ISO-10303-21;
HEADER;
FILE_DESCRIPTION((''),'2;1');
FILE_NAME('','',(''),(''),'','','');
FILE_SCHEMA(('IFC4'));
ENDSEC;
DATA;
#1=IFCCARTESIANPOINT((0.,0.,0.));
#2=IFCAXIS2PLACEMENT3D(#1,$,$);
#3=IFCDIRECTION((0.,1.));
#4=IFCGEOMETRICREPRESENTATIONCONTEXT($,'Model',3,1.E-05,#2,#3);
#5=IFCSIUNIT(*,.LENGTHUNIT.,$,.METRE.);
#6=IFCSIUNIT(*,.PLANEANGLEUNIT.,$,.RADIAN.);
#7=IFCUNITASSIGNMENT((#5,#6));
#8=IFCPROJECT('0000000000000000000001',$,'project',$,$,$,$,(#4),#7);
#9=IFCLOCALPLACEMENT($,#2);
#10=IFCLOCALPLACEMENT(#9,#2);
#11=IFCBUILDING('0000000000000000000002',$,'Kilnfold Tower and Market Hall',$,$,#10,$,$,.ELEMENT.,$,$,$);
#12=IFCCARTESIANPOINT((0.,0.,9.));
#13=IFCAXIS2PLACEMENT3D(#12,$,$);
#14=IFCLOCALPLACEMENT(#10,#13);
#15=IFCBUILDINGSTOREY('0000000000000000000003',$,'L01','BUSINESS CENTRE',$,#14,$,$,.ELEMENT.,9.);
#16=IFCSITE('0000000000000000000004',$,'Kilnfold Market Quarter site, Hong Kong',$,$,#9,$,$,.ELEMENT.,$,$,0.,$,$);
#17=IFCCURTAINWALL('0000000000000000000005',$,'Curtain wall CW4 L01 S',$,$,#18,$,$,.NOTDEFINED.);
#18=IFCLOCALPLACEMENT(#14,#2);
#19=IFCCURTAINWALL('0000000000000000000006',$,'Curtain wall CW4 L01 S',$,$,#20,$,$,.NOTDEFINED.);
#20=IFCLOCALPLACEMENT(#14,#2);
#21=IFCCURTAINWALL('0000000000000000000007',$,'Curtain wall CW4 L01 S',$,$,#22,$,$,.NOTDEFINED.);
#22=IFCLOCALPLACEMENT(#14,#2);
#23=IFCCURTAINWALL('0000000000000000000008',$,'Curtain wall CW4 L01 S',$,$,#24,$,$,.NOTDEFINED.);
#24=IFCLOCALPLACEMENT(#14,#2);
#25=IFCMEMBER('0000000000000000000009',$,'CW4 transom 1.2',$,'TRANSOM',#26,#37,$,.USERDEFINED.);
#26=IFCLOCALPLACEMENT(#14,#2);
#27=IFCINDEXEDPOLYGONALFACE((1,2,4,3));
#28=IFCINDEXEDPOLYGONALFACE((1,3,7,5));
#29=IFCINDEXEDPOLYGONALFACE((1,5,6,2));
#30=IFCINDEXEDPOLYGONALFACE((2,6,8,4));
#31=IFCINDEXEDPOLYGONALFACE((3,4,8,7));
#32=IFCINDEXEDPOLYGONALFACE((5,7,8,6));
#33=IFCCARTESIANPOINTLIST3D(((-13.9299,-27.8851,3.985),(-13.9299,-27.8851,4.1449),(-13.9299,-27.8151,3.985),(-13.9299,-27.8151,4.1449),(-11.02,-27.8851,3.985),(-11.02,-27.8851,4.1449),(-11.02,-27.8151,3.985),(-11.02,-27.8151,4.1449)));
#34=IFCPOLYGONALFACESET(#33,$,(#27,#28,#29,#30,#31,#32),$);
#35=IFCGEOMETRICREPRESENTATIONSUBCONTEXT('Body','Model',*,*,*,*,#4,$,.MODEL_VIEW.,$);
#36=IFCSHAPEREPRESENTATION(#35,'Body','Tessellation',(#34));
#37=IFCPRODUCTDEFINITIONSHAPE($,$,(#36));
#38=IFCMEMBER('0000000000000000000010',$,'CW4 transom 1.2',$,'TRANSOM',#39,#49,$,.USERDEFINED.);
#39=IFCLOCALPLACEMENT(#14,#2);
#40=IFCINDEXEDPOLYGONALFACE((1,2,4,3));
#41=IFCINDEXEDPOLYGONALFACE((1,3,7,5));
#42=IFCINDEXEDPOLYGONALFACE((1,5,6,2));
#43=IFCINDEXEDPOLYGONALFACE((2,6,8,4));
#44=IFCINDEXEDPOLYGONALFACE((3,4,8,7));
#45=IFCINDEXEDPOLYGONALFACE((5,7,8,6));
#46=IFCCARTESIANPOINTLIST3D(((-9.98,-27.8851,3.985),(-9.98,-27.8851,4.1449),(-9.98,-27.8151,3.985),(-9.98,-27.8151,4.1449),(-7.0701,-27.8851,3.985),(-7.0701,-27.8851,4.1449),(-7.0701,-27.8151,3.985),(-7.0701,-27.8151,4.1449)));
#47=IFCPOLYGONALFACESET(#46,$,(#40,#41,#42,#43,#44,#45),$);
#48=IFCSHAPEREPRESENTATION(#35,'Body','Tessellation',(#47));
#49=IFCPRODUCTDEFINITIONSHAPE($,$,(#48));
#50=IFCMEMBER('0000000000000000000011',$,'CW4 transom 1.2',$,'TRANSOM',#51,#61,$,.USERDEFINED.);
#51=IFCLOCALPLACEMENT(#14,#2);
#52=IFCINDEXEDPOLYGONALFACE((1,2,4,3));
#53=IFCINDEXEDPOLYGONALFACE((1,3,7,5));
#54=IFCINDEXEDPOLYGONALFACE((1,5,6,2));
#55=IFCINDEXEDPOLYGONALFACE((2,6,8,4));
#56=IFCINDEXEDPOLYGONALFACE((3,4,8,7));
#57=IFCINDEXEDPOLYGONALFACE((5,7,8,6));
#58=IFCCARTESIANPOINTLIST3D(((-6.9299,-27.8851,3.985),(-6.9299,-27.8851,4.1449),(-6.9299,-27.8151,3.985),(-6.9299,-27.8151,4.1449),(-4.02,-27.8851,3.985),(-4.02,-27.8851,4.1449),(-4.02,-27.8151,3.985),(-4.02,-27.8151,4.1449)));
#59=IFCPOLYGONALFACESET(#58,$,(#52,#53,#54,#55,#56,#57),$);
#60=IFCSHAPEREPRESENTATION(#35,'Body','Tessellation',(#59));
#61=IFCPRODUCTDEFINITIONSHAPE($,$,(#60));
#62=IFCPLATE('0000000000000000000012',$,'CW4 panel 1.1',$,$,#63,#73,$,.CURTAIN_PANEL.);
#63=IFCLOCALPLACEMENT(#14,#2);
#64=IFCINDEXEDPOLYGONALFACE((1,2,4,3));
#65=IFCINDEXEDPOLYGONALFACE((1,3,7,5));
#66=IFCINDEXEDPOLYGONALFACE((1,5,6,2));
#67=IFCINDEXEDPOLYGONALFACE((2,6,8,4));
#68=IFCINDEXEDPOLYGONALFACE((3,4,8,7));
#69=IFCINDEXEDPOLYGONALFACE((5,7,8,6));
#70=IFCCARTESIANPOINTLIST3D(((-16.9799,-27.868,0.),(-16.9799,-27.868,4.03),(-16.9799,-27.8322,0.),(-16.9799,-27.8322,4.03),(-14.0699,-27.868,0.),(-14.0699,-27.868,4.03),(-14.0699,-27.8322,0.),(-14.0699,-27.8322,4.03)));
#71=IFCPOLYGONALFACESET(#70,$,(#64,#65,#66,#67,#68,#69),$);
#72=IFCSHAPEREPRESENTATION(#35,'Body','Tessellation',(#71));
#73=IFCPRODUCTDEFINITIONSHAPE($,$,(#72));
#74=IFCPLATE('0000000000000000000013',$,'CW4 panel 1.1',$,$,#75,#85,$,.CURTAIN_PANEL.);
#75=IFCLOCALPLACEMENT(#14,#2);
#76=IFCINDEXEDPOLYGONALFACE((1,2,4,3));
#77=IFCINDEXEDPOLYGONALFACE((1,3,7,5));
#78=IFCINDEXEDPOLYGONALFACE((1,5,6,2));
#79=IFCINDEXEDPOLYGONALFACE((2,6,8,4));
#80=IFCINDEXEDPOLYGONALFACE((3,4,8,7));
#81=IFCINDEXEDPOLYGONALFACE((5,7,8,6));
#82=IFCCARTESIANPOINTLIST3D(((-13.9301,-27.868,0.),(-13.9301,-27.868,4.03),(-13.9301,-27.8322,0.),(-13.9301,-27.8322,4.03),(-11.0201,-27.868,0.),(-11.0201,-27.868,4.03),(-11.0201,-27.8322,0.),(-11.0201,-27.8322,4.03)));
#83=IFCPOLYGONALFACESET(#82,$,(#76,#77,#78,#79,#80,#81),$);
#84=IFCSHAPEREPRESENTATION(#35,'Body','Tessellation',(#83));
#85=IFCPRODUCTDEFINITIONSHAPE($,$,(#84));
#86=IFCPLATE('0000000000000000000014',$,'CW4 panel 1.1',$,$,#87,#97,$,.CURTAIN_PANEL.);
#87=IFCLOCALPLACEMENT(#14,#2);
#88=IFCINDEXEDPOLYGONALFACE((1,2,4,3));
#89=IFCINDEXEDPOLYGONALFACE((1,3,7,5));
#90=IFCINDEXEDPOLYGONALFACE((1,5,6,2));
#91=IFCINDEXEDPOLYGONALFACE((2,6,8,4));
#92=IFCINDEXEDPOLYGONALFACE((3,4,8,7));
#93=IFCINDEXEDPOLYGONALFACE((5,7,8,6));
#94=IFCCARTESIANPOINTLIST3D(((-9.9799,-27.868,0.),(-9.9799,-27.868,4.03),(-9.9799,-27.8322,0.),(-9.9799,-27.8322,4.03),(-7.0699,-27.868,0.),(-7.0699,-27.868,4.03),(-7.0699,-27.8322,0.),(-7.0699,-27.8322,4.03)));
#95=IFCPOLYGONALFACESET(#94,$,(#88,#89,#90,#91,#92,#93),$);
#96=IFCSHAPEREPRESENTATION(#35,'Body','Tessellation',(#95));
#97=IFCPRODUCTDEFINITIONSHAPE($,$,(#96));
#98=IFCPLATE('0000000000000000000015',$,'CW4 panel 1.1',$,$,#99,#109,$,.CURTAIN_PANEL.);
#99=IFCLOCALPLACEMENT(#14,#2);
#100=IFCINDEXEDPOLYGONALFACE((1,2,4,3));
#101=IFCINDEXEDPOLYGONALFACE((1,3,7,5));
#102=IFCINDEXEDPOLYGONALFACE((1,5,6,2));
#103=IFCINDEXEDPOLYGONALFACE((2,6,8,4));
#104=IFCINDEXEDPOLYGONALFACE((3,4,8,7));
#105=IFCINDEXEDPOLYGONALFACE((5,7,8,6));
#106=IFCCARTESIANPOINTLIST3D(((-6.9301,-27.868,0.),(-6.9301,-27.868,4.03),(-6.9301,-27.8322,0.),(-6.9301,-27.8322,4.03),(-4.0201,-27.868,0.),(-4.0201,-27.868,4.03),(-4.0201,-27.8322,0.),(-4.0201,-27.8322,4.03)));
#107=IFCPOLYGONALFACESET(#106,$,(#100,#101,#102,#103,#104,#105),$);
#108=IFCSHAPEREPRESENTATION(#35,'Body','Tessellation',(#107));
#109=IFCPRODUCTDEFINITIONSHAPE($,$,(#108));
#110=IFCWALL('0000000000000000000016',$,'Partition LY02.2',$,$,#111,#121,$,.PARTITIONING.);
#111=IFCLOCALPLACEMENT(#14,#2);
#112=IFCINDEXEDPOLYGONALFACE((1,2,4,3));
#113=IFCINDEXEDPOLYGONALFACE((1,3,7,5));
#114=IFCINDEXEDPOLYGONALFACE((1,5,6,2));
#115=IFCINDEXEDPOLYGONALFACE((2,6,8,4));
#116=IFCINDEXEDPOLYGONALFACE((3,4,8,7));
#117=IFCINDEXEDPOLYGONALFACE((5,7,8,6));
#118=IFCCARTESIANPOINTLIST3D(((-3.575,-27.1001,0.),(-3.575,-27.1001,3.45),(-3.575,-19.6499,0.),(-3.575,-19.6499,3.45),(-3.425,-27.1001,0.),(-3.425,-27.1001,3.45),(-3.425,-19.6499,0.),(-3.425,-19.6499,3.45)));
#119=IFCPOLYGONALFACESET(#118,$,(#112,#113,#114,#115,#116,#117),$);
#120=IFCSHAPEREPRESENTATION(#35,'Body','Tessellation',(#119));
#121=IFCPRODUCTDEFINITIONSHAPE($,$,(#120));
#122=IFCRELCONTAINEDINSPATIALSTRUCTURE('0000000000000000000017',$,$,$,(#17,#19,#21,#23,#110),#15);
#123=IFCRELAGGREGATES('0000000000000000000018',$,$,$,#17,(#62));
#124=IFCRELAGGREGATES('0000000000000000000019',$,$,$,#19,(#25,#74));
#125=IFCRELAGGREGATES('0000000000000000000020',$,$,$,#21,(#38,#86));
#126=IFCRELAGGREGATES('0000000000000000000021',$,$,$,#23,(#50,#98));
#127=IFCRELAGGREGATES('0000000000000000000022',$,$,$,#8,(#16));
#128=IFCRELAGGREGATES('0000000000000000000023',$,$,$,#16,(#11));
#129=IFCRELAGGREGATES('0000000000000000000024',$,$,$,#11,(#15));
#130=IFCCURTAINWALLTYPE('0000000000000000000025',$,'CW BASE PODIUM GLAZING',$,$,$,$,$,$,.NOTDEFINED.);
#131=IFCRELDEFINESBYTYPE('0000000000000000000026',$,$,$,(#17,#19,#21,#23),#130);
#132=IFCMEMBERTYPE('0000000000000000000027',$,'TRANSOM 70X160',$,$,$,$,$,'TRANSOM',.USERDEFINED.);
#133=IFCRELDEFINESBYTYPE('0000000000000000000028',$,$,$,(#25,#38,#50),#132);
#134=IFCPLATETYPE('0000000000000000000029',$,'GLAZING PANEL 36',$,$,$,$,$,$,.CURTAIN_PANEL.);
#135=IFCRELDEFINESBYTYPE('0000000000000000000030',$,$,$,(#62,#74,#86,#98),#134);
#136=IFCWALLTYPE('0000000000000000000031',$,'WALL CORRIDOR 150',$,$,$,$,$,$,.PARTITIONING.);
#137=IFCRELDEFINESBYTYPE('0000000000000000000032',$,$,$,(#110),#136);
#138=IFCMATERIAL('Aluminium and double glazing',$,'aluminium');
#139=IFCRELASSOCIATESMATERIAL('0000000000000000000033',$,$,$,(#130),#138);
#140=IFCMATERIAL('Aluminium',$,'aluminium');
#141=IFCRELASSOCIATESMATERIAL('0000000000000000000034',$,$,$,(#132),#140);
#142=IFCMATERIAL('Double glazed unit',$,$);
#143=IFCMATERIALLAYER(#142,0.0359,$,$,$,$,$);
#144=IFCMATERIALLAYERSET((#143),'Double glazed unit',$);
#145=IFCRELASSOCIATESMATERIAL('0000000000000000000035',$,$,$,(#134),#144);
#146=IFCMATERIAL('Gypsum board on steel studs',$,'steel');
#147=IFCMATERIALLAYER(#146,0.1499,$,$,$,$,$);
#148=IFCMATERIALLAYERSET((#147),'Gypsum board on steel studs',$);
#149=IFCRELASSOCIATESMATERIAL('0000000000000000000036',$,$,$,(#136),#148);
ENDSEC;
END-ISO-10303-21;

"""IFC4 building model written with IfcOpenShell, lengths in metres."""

from ifc_helpers import new_model, si_unit, direction, frame, frame_2d, origin, origin_2d, place, context, subcontext, project, spatial, rectangle, extrude, source, transform, mapped, material, layer, layer_set, material_profile, profile_set, type_object, element, aggregate, save


model = new_model("IFC4")

# Units and contexts
model_context = context("Model", 3, precision=1e-05, world=origin(), true_north=direction((0.0, 1.0)))
body_context = subcontext(model_context, "Body", "Model", "MODEL_VIEW")
ifc_project = project(units=[si_unit("LENGTHUNIT", "METRE"), si_unit("PLANEANGLEUNIT", "RADIAN")], contexts=[model_context])

# Site, building, storey
site_placement = place(None, origin())
site = spatial("IfcSite", under=ifc_project, at=site_placement, Name="Kilnfold Market Quarter site, Hong Kong", CompositionType="ELEMENT", RefElevation=0.0)
building_placement = place(site_placement, origin())
building = spatial("IfcBuilding", under=site, at=building_placement, Name="Kilnfold Tower and Market Hall", CompositionType="ELEMENT")
storey_placement = place(building_placement, frame((0.0, 0.0, 9.0)))
storey = spatial("IfcBuildingStorey", under=building, at=storey_placement, Name="L01", Description="BUSINESS CENTRE", CompositionType="ELEMENT", Elevation=9.0)

# Curtain wall
ifc_material_1 = material(Name="Aluminium and double glazing", Category="aluminium")
curtain_wall_type = type_object("IfcCurtainWallType", Name="CW BASE PODIUM GLAZING", PredefinedType="NOTDEFINED", material=ifc_material_1)
curtain_wall_1_placement = place(storey_placement, origin())
curtain_wall_1 = element("IfcCurtainWall", 1, at=curtain_wall_1_placement, inside=storey, type_object=curtain_wall_type, Name="Curtain wall CW4 L01 S", PredefinedType="NOTDEFINED")

# Curtain walls
curtain_wall_2_placement = place(storey_placement, origin())
curtain_wall_2 = element("IfcCurtainWall", 2, at=curtain_wall_2_placement, inside=storey, type_object=curtain_wall_type, Name="Curtain wall CW4 L01 S", PredefinedType="NOTDEFINED")
curtain_wall_3_placement = place(storey_placement, origin())
curtain_wall_3 = element("IfcCurtainWall", 3, at=curtain_wall_3_placement, inside=storey, type_object=curtain_wall_type, Name="Curtain wall CW4 L01 S", PredefinedType="NOTDEFINED")
curtain_wall_4_placement = place(storey_placement, origin())
curtain_wall_4 = element("IfcCurtainWall", 4, at=curtain_wall_4_placement, inside=storey, type_object=curtain_wall_type, Name="Curtain wall CW4 L01 S", PredefinedType="NOTDEFINED")

# Members
ifc_material_2 = material(Name="Aluminium", Category="aluminium")
ifc_material_profile_1 = material_profile(ifc_material_2, rectangle(XDim=0.0701, YDim=0.1599, at=origin_2d()), Name="TRANSOM 70x160")
ifc_profile_set_1 = profile_set([ifc_material_profile_1], Name="Aluminium")
member_type_1 = type_object("IfcMemberType", Name="TRANSOM 70X160", ElementType="TRANSOM", PredefinedType="USERDEFINED", material=ifc_profile_set_1)
shared_shape_1 = source(origin(), body_context, "Body", "SweptSolid", [
    extrude(rectangle(XDim=0.0701, YDim=0.1599, at=origin_2d()), origin(), (0.0, 0.0, 1.0), 2.9099),
])
member_1_placement = place(storey_placement, frame((-13.9299, -27.8501, 4.0649), z_axis=(1.0, 0.0, 0.0), x_axis=(0.0, 1.0, 0.0)))
member_1 = element("IfcMember", 5, at=member_1_placement, type_object=member_type_1, Name="CW4 transom 1.2", ObjectType="TRANSOM", PredefinedType="USERDEFINED", context=body_context, shape_type="MappedRepresentation", body=[
    mapped(shared_shape_1, transform((0.0, 0.0, 0.0))),
])
member_2_placement = place(storey_placement, frame((-9.98, -27.8501, 4.0649), z_axis=(1.0, 0.0, 0.0), x_axis=(0.0, 1.0, 0.0)))
member_2 = element("IfcMember", 6, at=member_2_placement, type_object=member_type_1, Name="CW4 transom 1.2", ObjectType="TRANSOM", PredefinedType="USERDEFINED", context=body_context, shape_type="MappedRepresentation", body=[
    mapped(shared_shape_1, transform((0.0, 0.0, 0.0))),
])
member_3_placement = place(storey_placement, frame((-6.9299, -27.8501, 4.0649), z_axis=(1.0, 0.0, 0.0), x_axis=(0.0, 1.0, 0.0)))
member_3 = element("IfcMember", 7, at=member_3_placement, type_object=member_type_1, Name="CW4 transom 1.2", ObjectType="TRANSOM", PredefinedType="USERDEFINED", context=body_context, shape_type="MappedRepresentation", body=[
    mapped(shared_shape_1, transform((0.0, 0.0, 0.0))),
])

# Plates
ifc_material_3 = material(Name="Double glazed unit")
ifc_layer_1 = layer(ifc_material_3, 0.0359)
ifc_layer_set_1 = layer_set([ifc_layer_1], Name="Double glazed unit")
plate_type = type_object("IfcPlateType", Name="GLAZING PANEL 36", PredefinedType="CURTAIN_PANEL", material=ifc_layer_set_1)
shared_shape_2 = source(origin(), body_context, "Body", "SweptSolid", [
    extrude(rectangle(XDim=2.9099, YDim=0.0359, at=origin_2d()), origin(), (0.0, 0.0, 1.0), 4.03),
])
plate_1_placement = place(storey_placement, frame((-15.5249, -27.8501, 0.0), z_axis=(0.0, 0.0, 1.0), x_axis=(1.0, 0.0, 0.0)))
plate_1 = element("IfcPlate", 8, at=plate_1_placement, type_object=plate_type, Name="CW4 panel 1.1", PredefinedType="CURTAIN_PANEL", context=body_context, shape_type="MappedRepresentation", body=[
    mapped(shared_shape_2, transform((0.0, 0.0, 0.0))),
])
aggregate(curtain_wall_1, [plate_1])
plate_2_placement = place(storey_placement, frame((-12.4751, -27.8501, 0.0), z_axis=(0.0, 0.0, 1.0), x_axis=(1.0, 0.0, 0.0)))
plate_2 = element("IfcPlate", 9, at=plate_2_placement, type_object=plate_type, Name="CW4 panel 1.1", PredefinedType="CURTAIN_PANEL", context=body_context, shape_type="MappedRepresentation", body=[
    mapped(shared_shape_2, transform((0.0, 0.0, 0.0))),
])
aggregate(curtain_wall_2, [member_1, plate_2])
plate_3_placement = place(storey_placement, frame((-8.5249, -27.8501, 0.0), z_axis=(0.0, 0.0, 1.0), x_axis=(1.0, 0.0, 0.0)))
plate_3 = element("IfcPlate", 10, at=plate_3_placement, type_object=plate_type, Name="CW4 panel 1.1", PredefinedType="CURTAIN_PANEL", context=body_context, shape_type="MappedRepresentation", body=[
    mapped(shared_shape_2, transform((0.0, 0.0, 0.0))),
])
aggregate(curtain_wall_3, [member_2, plate_3])
plate_4_placement = place(storey_placement, frame((-5.4751, -27.8501, 0.0), z_axis=(0.0, 0.0, 1.0), x_axis=(1.0, 0.0, 0.0)))
plate_4 = element("IfcPlate", 11, at=plate_4_placement, type_object=plate_type, Name="CW4 panel 1.1", PredefinedType="CURTAIN_PANEL", context=body_context, shape_type="MappedRepresentation", body=[
    mapped(shared_shape_2, transform((0.0, 0.0, 0.0))),
])
aggregate(curtain_wall_4, [member_3, plate_4])

# Wall
ifc_material_4 = material(Name="Gypsum board on steel studs", Category="steel")
ifc_layer_2 = layer(ifc_material_4, 0.1499)
ifc_layer_set_2 = layer_set([ifc_layer_2], Name="Gypsum board on steel studs")
wall_type = type_object("IfcWallType", Name="WALL CORRIDOR 150", PredefinedType="PARTITIONING", material=ifc_layer_set_2)
wall_placement = place(storey_placement, frame((-3.5, -27.1001, 0.0), z_axis=(0.0, 0.0, 1.0), x_axis=(0.0, 1.0, 0.0)))
element("IfcWall", 12, at=wall_placement, inside=storey, type_object=wall_type, Name="Partition LY02.2", PredefinedType="PARTITIONING", context=body_context, shape_type="SweptSolid", body=[
    extrude(rectangle(XDim=7.4502, YDim=0.1499, at=frame_2d((3.7251, 0.0))), origin(), (0.0, 0.0, 1.0), 3.45),
])

save(model, "model.ifc")
